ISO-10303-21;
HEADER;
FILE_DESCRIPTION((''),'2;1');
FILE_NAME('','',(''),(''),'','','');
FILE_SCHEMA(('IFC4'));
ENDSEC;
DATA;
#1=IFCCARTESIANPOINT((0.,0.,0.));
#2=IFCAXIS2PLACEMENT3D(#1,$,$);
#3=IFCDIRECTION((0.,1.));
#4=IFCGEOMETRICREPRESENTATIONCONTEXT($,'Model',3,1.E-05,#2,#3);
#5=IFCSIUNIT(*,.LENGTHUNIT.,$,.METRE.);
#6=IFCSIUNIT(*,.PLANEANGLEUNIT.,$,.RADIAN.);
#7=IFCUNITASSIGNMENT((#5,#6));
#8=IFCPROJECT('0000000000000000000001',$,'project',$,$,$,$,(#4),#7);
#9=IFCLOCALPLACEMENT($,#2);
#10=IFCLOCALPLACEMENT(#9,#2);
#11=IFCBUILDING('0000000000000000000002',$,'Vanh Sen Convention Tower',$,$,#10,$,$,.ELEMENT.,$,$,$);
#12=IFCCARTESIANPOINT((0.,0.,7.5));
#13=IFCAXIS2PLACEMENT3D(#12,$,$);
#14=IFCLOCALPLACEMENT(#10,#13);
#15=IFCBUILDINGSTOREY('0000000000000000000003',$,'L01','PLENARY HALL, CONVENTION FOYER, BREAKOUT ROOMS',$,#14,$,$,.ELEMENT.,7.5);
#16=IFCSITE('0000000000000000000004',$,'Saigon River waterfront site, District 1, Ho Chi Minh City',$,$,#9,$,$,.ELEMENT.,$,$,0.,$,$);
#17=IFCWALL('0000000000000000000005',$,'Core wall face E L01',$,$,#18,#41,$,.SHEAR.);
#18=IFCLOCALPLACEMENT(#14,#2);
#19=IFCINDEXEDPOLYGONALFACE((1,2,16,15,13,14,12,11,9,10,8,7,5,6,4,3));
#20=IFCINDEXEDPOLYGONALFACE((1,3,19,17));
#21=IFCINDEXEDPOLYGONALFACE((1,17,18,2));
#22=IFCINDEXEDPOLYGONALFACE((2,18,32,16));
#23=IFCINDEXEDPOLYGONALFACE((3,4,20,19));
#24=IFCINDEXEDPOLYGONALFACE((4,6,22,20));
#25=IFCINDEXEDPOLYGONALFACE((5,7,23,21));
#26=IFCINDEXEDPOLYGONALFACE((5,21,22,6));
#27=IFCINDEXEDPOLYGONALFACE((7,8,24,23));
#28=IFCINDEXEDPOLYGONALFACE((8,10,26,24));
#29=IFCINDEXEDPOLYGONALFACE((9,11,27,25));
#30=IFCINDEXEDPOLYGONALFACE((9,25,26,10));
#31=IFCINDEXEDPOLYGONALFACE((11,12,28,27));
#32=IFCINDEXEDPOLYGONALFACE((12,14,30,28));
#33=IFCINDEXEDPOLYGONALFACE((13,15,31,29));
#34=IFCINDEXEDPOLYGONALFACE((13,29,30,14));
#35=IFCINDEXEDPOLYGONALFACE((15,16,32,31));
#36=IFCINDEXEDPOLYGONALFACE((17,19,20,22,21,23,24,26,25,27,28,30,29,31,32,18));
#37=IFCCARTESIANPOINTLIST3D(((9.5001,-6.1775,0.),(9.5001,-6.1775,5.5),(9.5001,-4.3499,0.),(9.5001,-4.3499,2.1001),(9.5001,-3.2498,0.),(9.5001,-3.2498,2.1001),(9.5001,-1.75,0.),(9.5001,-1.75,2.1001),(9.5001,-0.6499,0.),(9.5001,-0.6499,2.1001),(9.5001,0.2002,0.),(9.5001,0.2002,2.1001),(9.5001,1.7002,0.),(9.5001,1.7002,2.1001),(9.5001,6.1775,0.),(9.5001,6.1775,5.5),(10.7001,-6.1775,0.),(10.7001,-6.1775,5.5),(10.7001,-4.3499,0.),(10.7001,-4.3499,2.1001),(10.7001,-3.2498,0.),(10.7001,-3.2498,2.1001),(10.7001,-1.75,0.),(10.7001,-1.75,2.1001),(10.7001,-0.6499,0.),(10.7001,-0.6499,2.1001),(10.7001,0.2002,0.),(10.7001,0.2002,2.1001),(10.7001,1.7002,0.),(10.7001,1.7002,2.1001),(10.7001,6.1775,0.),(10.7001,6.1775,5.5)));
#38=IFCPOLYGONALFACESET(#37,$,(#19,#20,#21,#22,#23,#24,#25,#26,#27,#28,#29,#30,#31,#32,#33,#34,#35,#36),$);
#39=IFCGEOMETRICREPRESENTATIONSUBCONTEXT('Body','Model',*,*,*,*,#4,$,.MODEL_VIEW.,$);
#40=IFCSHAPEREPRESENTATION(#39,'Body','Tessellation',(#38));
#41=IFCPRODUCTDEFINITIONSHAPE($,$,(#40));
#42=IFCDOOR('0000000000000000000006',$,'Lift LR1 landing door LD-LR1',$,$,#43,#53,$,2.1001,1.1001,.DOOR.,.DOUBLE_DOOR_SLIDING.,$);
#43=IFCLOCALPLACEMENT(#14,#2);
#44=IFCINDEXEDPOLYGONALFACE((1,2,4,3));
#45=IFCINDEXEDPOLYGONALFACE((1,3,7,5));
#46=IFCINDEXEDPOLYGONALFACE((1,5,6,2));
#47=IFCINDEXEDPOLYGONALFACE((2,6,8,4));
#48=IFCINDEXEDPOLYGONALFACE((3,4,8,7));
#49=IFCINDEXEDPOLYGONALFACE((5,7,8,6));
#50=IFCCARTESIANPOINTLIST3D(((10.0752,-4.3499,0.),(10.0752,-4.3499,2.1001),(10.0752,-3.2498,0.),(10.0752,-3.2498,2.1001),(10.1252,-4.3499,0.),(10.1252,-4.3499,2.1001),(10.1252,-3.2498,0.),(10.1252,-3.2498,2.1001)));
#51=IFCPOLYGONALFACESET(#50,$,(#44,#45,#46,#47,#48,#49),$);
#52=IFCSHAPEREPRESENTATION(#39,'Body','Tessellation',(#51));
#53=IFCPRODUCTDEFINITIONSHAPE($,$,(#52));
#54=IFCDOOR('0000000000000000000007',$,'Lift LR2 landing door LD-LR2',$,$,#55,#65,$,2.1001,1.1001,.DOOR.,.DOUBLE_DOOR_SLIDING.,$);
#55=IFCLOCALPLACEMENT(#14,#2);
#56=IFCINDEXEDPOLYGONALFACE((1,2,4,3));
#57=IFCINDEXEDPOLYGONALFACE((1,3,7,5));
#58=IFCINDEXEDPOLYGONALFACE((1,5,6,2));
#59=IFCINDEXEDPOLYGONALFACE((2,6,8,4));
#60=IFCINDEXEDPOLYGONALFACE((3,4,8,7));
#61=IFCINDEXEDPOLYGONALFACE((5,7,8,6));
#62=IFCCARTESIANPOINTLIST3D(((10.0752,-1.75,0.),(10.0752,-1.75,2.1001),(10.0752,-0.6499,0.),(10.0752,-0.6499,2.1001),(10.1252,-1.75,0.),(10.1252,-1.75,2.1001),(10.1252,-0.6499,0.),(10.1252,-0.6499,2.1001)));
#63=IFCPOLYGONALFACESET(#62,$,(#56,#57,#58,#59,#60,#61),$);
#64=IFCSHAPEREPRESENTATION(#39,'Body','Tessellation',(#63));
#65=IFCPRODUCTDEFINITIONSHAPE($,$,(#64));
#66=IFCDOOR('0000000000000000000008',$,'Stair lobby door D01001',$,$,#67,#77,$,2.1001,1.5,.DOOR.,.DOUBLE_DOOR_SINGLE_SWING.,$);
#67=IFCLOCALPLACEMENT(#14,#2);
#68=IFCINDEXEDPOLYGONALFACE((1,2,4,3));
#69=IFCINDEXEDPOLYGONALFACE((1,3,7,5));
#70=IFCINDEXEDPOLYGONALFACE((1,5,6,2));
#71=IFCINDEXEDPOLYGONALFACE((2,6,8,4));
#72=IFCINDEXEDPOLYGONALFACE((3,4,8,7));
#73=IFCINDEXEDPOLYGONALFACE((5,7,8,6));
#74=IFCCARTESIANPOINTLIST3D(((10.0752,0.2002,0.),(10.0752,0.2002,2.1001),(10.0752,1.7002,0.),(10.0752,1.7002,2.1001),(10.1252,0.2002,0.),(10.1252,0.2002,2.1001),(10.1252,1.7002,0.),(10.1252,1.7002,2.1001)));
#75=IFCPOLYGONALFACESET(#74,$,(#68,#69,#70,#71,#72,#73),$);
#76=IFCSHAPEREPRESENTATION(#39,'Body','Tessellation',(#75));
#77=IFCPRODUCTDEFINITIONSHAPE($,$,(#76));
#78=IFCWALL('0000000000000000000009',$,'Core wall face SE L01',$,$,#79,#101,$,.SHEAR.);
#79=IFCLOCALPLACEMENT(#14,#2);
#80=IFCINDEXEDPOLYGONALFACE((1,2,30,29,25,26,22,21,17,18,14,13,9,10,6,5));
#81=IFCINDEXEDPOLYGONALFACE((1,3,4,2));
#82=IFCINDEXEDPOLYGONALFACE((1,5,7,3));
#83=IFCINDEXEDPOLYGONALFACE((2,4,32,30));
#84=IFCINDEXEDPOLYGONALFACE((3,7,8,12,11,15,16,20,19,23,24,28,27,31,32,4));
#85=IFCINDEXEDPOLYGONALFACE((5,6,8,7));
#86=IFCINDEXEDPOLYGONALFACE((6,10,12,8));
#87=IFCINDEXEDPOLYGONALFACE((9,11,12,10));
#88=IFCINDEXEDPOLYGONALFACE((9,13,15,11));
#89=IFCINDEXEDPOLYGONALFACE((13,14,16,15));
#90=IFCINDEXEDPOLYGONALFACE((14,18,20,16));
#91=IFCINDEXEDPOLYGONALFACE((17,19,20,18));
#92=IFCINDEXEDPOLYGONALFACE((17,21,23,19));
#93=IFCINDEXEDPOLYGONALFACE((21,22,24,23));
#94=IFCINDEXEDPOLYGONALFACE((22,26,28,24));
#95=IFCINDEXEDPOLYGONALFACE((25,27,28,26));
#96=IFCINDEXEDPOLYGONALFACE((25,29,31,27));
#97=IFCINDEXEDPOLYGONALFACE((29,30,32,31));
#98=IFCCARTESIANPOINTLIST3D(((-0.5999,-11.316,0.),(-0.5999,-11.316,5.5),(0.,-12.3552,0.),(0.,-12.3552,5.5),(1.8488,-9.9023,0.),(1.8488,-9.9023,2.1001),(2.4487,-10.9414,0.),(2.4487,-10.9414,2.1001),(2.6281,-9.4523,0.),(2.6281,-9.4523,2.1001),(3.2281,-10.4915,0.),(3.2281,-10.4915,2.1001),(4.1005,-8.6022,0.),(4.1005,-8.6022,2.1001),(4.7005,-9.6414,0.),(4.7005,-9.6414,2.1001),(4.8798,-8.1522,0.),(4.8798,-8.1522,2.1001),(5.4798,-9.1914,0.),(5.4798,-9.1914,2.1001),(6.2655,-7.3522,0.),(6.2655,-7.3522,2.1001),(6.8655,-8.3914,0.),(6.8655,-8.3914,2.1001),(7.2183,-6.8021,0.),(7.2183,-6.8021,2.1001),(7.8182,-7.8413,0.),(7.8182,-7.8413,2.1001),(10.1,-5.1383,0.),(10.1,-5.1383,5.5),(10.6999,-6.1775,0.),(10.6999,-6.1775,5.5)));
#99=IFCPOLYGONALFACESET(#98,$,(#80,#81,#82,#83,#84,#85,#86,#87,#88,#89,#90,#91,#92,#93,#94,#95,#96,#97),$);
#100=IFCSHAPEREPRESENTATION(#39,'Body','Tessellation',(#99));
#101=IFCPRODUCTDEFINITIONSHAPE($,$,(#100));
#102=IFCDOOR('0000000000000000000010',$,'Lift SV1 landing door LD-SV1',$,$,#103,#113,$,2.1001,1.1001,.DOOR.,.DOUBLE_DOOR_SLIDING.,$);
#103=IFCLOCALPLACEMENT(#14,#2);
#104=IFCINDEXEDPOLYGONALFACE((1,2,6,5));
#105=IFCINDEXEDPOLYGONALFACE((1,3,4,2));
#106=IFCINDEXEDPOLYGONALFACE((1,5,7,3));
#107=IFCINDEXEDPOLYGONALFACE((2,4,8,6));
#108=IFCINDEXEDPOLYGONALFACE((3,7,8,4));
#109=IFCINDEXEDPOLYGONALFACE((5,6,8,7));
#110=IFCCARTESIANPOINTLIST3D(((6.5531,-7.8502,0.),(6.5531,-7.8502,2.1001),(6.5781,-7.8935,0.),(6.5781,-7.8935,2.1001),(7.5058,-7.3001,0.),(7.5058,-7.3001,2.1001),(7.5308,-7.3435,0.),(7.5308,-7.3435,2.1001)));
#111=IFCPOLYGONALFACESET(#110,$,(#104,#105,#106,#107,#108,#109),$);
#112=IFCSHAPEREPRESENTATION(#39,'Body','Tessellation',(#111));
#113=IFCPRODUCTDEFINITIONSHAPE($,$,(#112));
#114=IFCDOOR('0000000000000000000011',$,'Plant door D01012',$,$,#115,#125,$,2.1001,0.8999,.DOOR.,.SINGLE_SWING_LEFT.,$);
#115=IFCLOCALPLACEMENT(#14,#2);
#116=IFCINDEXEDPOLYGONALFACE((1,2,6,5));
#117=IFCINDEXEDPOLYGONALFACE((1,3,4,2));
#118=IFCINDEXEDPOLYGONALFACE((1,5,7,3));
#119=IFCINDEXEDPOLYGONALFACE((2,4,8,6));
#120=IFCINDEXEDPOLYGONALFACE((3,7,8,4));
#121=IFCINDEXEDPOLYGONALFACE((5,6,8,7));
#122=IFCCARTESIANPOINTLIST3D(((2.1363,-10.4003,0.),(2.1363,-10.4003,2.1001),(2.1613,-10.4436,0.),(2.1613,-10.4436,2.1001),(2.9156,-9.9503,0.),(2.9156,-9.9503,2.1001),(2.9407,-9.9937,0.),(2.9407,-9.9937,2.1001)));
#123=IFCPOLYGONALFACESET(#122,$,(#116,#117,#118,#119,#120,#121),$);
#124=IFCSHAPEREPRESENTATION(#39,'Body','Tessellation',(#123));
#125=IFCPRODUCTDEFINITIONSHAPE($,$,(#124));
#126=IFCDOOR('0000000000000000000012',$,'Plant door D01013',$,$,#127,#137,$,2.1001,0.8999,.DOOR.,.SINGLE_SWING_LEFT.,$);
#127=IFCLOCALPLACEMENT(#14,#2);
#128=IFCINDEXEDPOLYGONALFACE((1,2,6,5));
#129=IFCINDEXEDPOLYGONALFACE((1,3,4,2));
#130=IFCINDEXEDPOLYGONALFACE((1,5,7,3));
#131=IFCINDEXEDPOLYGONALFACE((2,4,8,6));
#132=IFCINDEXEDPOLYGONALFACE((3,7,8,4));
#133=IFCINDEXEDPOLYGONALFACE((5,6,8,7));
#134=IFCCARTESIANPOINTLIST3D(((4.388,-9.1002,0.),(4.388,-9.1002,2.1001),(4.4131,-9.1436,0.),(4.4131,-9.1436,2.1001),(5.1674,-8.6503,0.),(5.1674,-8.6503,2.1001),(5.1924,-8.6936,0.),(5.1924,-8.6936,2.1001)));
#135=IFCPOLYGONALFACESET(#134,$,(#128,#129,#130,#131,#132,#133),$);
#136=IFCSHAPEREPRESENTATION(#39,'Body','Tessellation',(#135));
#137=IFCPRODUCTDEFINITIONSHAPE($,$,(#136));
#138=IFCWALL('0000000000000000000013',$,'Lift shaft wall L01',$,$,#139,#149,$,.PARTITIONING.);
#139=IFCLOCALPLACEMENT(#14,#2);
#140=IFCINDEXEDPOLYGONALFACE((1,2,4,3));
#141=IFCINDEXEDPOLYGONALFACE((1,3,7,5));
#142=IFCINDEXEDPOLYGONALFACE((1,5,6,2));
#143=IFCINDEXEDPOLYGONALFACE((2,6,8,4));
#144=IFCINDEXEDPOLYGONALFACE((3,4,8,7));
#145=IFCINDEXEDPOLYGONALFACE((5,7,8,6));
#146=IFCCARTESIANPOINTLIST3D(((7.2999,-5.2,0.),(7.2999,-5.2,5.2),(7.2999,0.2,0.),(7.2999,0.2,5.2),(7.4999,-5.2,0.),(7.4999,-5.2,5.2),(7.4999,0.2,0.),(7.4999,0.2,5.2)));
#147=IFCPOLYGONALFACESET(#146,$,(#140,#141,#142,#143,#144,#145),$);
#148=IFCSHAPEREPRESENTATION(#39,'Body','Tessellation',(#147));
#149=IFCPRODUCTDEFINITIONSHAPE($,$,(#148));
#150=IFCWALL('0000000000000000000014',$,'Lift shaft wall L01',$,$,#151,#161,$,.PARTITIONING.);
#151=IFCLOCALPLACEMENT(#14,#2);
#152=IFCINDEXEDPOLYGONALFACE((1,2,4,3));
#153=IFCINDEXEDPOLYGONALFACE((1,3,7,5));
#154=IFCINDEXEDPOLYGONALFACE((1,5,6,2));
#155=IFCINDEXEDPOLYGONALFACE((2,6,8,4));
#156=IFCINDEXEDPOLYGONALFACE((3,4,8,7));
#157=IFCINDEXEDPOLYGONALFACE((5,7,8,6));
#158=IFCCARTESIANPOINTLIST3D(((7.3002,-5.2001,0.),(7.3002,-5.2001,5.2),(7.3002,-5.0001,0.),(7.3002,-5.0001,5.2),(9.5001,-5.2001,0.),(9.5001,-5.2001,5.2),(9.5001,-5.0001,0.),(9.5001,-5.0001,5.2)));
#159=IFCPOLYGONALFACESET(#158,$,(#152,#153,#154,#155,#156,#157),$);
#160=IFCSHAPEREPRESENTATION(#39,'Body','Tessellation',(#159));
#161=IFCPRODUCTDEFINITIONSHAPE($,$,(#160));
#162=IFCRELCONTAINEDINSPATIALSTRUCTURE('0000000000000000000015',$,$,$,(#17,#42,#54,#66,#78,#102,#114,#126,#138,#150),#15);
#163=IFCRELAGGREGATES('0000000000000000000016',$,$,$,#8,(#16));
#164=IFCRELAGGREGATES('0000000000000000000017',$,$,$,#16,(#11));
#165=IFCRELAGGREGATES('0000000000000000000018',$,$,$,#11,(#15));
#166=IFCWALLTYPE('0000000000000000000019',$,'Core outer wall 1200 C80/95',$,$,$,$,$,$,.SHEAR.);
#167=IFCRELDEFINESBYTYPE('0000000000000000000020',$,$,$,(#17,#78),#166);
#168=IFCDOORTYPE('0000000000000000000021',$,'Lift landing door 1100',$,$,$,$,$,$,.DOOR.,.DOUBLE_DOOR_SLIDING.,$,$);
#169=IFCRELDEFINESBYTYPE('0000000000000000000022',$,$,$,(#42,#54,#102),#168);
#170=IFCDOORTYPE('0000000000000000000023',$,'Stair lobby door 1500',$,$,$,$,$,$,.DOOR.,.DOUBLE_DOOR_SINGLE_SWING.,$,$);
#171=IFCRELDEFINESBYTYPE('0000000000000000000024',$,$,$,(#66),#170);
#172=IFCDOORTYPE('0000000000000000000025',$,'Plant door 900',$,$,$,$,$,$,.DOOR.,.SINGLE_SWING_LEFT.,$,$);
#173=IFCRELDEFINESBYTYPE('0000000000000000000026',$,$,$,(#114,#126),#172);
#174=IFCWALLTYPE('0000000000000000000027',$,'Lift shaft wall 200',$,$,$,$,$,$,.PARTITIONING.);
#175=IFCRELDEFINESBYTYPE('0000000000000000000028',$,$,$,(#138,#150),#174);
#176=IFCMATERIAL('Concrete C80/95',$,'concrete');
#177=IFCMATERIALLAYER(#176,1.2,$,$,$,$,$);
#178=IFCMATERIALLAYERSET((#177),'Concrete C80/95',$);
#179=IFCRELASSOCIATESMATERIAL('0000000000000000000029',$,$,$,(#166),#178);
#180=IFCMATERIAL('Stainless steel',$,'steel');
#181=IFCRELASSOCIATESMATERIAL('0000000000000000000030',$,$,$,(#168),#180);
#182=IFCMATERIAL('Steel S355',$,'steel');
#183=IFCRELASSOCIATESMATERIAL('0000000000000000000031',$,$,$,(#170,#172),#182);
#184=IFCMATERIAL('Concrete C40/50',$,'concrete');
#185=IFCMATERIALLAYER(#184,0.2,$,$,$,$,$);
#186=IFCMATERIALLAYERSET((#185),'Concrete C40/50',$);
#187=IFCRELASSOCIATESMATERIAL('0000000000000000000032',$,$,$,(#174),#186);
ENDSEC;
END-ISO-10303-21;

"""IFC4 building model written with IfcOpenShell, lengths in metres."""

from ifc_helpers import new_model, si_unit, direction, frame, frame_2d, origin, place, context, subcontext, project, spatial, rectangle, extrude, material, layer, layer_set, type_object, element, fill, save


model = new_model("IFC4")

# Units and contexts
model_context = context("Model", 3, precision=1e-05, world=origin(), true_north=direction((0.0, 1.0)))
body_context = subcontext(model_context, "Body", "Model", "MODEL_VIEW")
ifc_project = project(units=[si_unit("LENGTHUNIT", "METRE"), si_unit("PLANEANGLEUNIT", "RADIAN")], contexts=[model_context])

# Site, building, storey
site_placement = place(None, origin())
site = spatial("IfcSite", under=ifc_project, at=site_placement, Name="Saigon River waterfront site, District 1, Ho Chi Minh City", CompositionType="ELEMENT", RefElevation=0.0)
building_placement = place(site_placement, origin())
building = spatial("IfcBuilding", under=site, at=building_placement, Name="Vanh Sen Convention Tower", CompositionType="ELEMENT")
storey_placement = place(building_placement, frame((0.0, 0.0, 7.5)))
storey = spatial("IfcBuildingStorey", under=building, at=storey_placement, Name="L01", Description="PLENARY HALL, CONVENTION FOYER, BREAKOUT ROOMS", CompositionType="ELEMENT", Elevation=7.5)

# Walls, openings, doors
ifc_material_1 = material(Name="Concrete C80/95", Category="concrete")
ifc_layer_1 = layer(ifc_material_1, 1.2)
ifc_layer_set_1 = layer_set([ifc_layer_1], Name="Concrete C80/95")
wall_type_1 = type_object("IfcWallType", Name="Core outer wall 1200 C80/95", PredefinedType="SHEAR", material=ifc_layer_set_1)
wall_1_placement = place(storey_placement, frame((10.1001, -6.1775, 0.0), z_axis=(0.0, 0.0, 1.0), x_axis=(0.0, 1.0, 0.0)))
wall_1 = element("IfcWall", 1, at=wall_1_placement, inside=storey, type_object=wall_type_1, Name="Core wall face E L01", PredefinedType="SHEAR", context=body_context, shape_type="SweptSolid", body=[
    extrude(rectangle(XDim=12.355, YDim=1.2, at=frame_2d((6.1775, 0.0))), origin(), (0.0, 0.0, 1.0), 5.5),
])
opening_1_placement = place(wall_1_placement, frame((6.3777, 0.0, 0.0)))
opening_1 = element("IfcOpeningElement", 2, at=opening_1_placement, cuts=wall_1, PredefinedType="OPENING", context=body_context, shape_type="SweptSolid", body=[
    extrude(rectangle(XDim=1.5, YDim=2.1001, at=frame_2d((0.75, 1.05))), frame((0.0, 0.6099, 0.0), z_axis=(0.0, -1.0, 0.0), x_axis=(1.0, 0.0, 0.0)), (0.0, 0.0, 1.0), 1.22),
])
opening_2_placement = place(wall_1_placement, frame((1.8276, 0.0, 0.0)))
opening_2 = element("IfcOpeningElement", 3, at=opening_2_placement, cuts=wall_1, PredefinedType="OPENING", context=body_context, shape_type="SweptSolid", body=[
    extrude(rectangle(XDim=1.1001, YDim=2.1001, at=frame_2d((0.55, 1.05))), frame((0.0, 0.6099, 0.0), z_axis=(0.0, -1.0, 0.0), x_axis=(1.0, 0.0, 0.0)), (0.0, 0.0, 1.0), 1.22),
])
opening_3_placement = place(wall_1_placement, frame((4.4275, 0.0, 0.0)))
opening_3 = element("IfcOpeningElement", 4, at=opening_3_placement, cuts=wall_1, PredefinedType="OPENING", context=body_context, shape_type="SweptSolid", body=[
    extrude(rectangle(XDim=1.1001, YDim=2.1001, at=frame_2d((0.55, 1.05))), frame((0.0, 0.6099, 0.0), z_axis=(0.0, -1.0, 0.0), x_axis=(1.0, 0.0, 0.0)), (0.0, 0.0, 1.0), 1.22),
])
ifc_material_2 = material(Name="Stainless steel", Category="steel")
door_type_1 = type_object("IfcDoorType", Name="Lift landing door 1100", OperationType="DOUBLE_DOOR_SLIDING", PredefinedType="DOOR", material=ifc_material_2)
door_1_placement = place(opening_2_placement, origin())
door_1 = element("IfcDoor", 5, at=door_1_placement, inside=storey, type_object=door_type_1, Name="Lift LR1 landing door LD-LR1", OperationType="DOUBLE_DOOR_SLIDING", OverallHeight=2.1001, OverallWidth=1.1001, PredefinedType="DOOR", context=body_context, shape_type="SweptSolid", body=[
    extrude(rectangle(XDim=1.1001, YDim=2.1001, at=frame_2d((0.55, 1.05))), frame((0.0, 0.0249, 0.0), z_axis=(0.0, -1.0, 0.0), x_axis=(1.0, 0.0, 0.0)), (0.0, 0.0, 1.0), 0.05),
])
fill(opening_2, door_1)
door_2_placement = place(opening_3_placement, origin())
door_2 = element("IfcDoor", 6, at=door_2_placement, inside=storey, type_object=door_type_1, Name="Lift LR2 landing door LD-LR2", OperationType="DOUBLE_DOOR_SLIDING", OverallHeight=2.1001, OverallWidth=1.1001, PredefinedType="DOOR", context=body_context, shape_type="SweptSolid", body=[
    extrude(rectangle(XDim=1.1001, YDim=2.1001, at=frame_2d((0.55, 1.05))), frame((0.0, 0.0249, 0.0), z_axis=(0.0, -1.0, 0.0), x_axis=(1.0, 0.0, 0.0)), (0.0, 0.0, 1.0), 0.05),
])
fill(opening_3, door_2)
ifc_material_3 = material(Name="Steel S355", Category="steel")
door_type_2 = type_object("IfcDoorType", Name="Stair lobby door 1500", OperationType="DOUBLE_DOOR_SINGLE_SWING", PredefinedType="DOOR", material=ifc_material_3)
door_3_placement = place(opening_1_placement, origin())
door_3 = element("IfcDoor", 7, at=door_3_placement, inside=storey, type_object=door_type_2, Name="Stair lobby door D01001", OperationType="DOUBLE_DOOR_SINGLE_SWING", OverallHeight=2.1001, OverallWidth=1.5, PredefinedType="DOOR", context=body_context, shape_type="SweptSolid", body=[
    extrude(rectangle(XDim=1.5, YDim=2.1001, at=frame_2d((0.75, 1.05))), frame((0.0, 0.0249, 0.0), z_axis=(0.0, -1.0, 0.0), x_axis=(1.0, 0.0, 0.0)), (0.0, 0.0, 1.0), 0.05),
])
fill(opening_1, door_3)
wall_2_placement = place(storey_placement, frame((-0.3, -11.8357, 0.0), z_axis=(0.0, 0.0, 1.0), x_axis=(0.866021, 0.500007, 0.0)))
wall_2 = element("IfcWall", 8, at=wall_2_placement, inside=storey, type_object=wall_type_1, Name="Core wall face SE L01", PredefinedType="SHEAR", context=body_context, shape_type="SweptSolid", body=[
    extrude(rectangle(XDim=12.3552, YDim=1.2, at=frame_2d((6.1777, 0.0))), origin(), (0.0, 0.0, 1.0), 5.5),
])
opening_4_placement = place(wall_2_placement, frame((2.8276, 0.0, 0.0)))
opening_4 = element("IfcOpeningElement", 9, at=opening_4_placement, cuts=wall_2, PredefinedType="OPENING", context=body_context, shape_type="SweptSolid", body=[
    extrude(rectangle(XDim=0.8999, YDim=2.1001, at=frame_2d((0.45, 1.05))), frame((0.0, 0.6099, 0.0), z_axis=(0.0, -1.0, 0.0), x_axis=(1.0, 0.0, 0.0)), (0.0, 0.0, 1.0), 1.22),
])
opening_5_placement = place(wall_2_placement, frame((5.4277, 0.0, 0.0)))
opening_5 = element("IfcOpeningElement", 10, at=opening_5_placement, cuts=wall_2, PredefinedType="OPENING", context=body_context, shape_type="SweptSolid", body=[
    extrude(rectangle(XDim=0.8999, YDim=2.1001, at=frame_2d((0.45, 1.05))), frame((0.0, 0.6099, 0.0), z_axis=(0.0, -1.0, 0.0), x_axis=(1.0, 0.0, 0.0)), (0.0, 0.0, 1.0), 1.22),
])
opening_6_placement = place(wall_2_placement, frame((7.9277, 0.0, 0.0)))
opening_6 = element("IfcOpeningElement", 11, at=opening_6_placement, cuts=wall_2, PredefinedType="OPENING", context=body_context, shape_type="SweptSolid", body=[
    extrude(rectangle(XDim=1.1001, YDim=2.1001, at=frame_2d((0.55, 1.05))), frame((0.0, 0.6099, 0.0), z_axis=(0.0, -1.0, 0.0), x_axis=(1.0, 0.0, 0.0)), (0.0, 0.0, 1.0), 1.22),
])
door_4_placement = place(opening_6_placement, origin())
door_4 = element("IfcDoor", 12, at=door_4_placement, inside=storey, type_object=door_type_1, Name="Lift SV1 landing door LD-SV1", OperationType="DOUBLE_DOOR_SLIDING", OverallHeight=2.1001, OverallWidth=1.1001, PredefinedType="DOOR", context=body_context, shape_type="SweptSolid", body=[
    extrude(rectangle(XDim=1.1001, YDim=2.1001, at=frame_2d((0.55, 1.05))), frame((0.0, 0.0249, 0.0), z_axis=(0.0, -1.0, 0.0), x_axis=(1.0, 0.0, 0.0)), (0.0, 0.0, 1.0), 0.05),
])
fill(opening_6, door_4)
door_type_3 = type_object("IfcDoorType", Name="Plant door 900", OperationType="SINGLE_SWING_LEFT", PredefinedType="DOOR", material=ifc_material_3)
door_5_placement = place(opening_4_placement, origin())
door_5 = element("IfcDoor", 13, at=door_5_placement, inside=storey, type_object=door_type_3, Name="Plant door D01012", OperationType="SINGLE_SWING_LEFT", OverallHeight=2.1001, OverallWidth=0.8999, PredefinedType="DOOR", context=body_context, shape_type="SweptSolid", body=[
    extrude(rectangle(XDim=0.8999, YDim=2.1001, at=frame_2d((0.45, 1.05))), frame((0.0, 0.0249, 0.0), z_axis=(0.0, -1.0, 0.0), x_axis=(1.0, 0.0, 0.0)), (0.0, 0.0, 1.0), 0.05),
])
fill(opening_4, door_5)
door_6_placement = place(opening_5_placement, origin())
door_6 = element("IfcDoor", 14, at=door_6_placement, inside=storey, type_object=door_type_3, Name="Plant door D01013", OperationType="SINGLE_SWING_LEFT", OverallHeight=2.1001, OverallWidth=0.8999, PredefinedType="DOOR", context=body_context, shape_type="SweptSolid", body=[
    extrude(rectangle(XDim=0.8999, YDim=2.1001, at=frame_2d((0.45, 1.05))), frame((0.0, 0.0249, 0.0), z_axis=(0.0, -1.0, 0.0), x_axis=(1.0, 0.0, 0.0)), (0.0, 0.0, 1.0), 0.05),
])
fill(opening_5, door_6)

# Walls
ifc_material_4 = material(Name="Concrete C40/50", Category="concrete")
ifc_layer_2 = layer(ifc_material_4, 0.2)
ifc_layer_set_2 = layer_set([ifc_layer_2], Name="Concrete C40/50")
wall_type_2 = type_object("IfcWallType", Name="Lift shaft wall 200", PredefinedType="PARTITIONING", material=ifc_layer_set_2)
wall_3_placement = place(storey_placement, frame((7.3999, -5.2, 0.0), z_axis=(0.0, 0.0, 1.0), x_axis=(0.0, 1.0, 0.0)))
element("IfcWall", 15, at=wall_3_placement, inside=storey, type_object=wall_type_2, Name="Lift shaft wall L01", PredefinedType="PARTITIONING", context=body_context, shape_type="SweptSolid", body=[
    extrude(rectangle(XDim=5.3999, YDim=0.2, at=frame_2d((2.7, 0.0))), origin(), (0.0, 0.0, 1.0), 5.2),
])
wall_4_placement = place(storey_placement, frame((7.3, -5.1001, 0.0), z_axis=(0.0, 0.0, 1.0), x_axis=(1.0, 0.0, 0.0)))
element("IfcWall", 16, at=wall_4_placement, inside=storey, type_object=wall_type_2, Name="Lift shaft wall L01", PredefinedType="PARTITIONING", context=body_context, shape_type="SweptSolid", body=[
    extrude(rectangle(XDim=2.2, YDim=0.2, at=frame_2d((1.1001, 0.0))), origin(), (0.0, 0.0, 1.0), 5.2),
])

save(model, "model.ifc")
